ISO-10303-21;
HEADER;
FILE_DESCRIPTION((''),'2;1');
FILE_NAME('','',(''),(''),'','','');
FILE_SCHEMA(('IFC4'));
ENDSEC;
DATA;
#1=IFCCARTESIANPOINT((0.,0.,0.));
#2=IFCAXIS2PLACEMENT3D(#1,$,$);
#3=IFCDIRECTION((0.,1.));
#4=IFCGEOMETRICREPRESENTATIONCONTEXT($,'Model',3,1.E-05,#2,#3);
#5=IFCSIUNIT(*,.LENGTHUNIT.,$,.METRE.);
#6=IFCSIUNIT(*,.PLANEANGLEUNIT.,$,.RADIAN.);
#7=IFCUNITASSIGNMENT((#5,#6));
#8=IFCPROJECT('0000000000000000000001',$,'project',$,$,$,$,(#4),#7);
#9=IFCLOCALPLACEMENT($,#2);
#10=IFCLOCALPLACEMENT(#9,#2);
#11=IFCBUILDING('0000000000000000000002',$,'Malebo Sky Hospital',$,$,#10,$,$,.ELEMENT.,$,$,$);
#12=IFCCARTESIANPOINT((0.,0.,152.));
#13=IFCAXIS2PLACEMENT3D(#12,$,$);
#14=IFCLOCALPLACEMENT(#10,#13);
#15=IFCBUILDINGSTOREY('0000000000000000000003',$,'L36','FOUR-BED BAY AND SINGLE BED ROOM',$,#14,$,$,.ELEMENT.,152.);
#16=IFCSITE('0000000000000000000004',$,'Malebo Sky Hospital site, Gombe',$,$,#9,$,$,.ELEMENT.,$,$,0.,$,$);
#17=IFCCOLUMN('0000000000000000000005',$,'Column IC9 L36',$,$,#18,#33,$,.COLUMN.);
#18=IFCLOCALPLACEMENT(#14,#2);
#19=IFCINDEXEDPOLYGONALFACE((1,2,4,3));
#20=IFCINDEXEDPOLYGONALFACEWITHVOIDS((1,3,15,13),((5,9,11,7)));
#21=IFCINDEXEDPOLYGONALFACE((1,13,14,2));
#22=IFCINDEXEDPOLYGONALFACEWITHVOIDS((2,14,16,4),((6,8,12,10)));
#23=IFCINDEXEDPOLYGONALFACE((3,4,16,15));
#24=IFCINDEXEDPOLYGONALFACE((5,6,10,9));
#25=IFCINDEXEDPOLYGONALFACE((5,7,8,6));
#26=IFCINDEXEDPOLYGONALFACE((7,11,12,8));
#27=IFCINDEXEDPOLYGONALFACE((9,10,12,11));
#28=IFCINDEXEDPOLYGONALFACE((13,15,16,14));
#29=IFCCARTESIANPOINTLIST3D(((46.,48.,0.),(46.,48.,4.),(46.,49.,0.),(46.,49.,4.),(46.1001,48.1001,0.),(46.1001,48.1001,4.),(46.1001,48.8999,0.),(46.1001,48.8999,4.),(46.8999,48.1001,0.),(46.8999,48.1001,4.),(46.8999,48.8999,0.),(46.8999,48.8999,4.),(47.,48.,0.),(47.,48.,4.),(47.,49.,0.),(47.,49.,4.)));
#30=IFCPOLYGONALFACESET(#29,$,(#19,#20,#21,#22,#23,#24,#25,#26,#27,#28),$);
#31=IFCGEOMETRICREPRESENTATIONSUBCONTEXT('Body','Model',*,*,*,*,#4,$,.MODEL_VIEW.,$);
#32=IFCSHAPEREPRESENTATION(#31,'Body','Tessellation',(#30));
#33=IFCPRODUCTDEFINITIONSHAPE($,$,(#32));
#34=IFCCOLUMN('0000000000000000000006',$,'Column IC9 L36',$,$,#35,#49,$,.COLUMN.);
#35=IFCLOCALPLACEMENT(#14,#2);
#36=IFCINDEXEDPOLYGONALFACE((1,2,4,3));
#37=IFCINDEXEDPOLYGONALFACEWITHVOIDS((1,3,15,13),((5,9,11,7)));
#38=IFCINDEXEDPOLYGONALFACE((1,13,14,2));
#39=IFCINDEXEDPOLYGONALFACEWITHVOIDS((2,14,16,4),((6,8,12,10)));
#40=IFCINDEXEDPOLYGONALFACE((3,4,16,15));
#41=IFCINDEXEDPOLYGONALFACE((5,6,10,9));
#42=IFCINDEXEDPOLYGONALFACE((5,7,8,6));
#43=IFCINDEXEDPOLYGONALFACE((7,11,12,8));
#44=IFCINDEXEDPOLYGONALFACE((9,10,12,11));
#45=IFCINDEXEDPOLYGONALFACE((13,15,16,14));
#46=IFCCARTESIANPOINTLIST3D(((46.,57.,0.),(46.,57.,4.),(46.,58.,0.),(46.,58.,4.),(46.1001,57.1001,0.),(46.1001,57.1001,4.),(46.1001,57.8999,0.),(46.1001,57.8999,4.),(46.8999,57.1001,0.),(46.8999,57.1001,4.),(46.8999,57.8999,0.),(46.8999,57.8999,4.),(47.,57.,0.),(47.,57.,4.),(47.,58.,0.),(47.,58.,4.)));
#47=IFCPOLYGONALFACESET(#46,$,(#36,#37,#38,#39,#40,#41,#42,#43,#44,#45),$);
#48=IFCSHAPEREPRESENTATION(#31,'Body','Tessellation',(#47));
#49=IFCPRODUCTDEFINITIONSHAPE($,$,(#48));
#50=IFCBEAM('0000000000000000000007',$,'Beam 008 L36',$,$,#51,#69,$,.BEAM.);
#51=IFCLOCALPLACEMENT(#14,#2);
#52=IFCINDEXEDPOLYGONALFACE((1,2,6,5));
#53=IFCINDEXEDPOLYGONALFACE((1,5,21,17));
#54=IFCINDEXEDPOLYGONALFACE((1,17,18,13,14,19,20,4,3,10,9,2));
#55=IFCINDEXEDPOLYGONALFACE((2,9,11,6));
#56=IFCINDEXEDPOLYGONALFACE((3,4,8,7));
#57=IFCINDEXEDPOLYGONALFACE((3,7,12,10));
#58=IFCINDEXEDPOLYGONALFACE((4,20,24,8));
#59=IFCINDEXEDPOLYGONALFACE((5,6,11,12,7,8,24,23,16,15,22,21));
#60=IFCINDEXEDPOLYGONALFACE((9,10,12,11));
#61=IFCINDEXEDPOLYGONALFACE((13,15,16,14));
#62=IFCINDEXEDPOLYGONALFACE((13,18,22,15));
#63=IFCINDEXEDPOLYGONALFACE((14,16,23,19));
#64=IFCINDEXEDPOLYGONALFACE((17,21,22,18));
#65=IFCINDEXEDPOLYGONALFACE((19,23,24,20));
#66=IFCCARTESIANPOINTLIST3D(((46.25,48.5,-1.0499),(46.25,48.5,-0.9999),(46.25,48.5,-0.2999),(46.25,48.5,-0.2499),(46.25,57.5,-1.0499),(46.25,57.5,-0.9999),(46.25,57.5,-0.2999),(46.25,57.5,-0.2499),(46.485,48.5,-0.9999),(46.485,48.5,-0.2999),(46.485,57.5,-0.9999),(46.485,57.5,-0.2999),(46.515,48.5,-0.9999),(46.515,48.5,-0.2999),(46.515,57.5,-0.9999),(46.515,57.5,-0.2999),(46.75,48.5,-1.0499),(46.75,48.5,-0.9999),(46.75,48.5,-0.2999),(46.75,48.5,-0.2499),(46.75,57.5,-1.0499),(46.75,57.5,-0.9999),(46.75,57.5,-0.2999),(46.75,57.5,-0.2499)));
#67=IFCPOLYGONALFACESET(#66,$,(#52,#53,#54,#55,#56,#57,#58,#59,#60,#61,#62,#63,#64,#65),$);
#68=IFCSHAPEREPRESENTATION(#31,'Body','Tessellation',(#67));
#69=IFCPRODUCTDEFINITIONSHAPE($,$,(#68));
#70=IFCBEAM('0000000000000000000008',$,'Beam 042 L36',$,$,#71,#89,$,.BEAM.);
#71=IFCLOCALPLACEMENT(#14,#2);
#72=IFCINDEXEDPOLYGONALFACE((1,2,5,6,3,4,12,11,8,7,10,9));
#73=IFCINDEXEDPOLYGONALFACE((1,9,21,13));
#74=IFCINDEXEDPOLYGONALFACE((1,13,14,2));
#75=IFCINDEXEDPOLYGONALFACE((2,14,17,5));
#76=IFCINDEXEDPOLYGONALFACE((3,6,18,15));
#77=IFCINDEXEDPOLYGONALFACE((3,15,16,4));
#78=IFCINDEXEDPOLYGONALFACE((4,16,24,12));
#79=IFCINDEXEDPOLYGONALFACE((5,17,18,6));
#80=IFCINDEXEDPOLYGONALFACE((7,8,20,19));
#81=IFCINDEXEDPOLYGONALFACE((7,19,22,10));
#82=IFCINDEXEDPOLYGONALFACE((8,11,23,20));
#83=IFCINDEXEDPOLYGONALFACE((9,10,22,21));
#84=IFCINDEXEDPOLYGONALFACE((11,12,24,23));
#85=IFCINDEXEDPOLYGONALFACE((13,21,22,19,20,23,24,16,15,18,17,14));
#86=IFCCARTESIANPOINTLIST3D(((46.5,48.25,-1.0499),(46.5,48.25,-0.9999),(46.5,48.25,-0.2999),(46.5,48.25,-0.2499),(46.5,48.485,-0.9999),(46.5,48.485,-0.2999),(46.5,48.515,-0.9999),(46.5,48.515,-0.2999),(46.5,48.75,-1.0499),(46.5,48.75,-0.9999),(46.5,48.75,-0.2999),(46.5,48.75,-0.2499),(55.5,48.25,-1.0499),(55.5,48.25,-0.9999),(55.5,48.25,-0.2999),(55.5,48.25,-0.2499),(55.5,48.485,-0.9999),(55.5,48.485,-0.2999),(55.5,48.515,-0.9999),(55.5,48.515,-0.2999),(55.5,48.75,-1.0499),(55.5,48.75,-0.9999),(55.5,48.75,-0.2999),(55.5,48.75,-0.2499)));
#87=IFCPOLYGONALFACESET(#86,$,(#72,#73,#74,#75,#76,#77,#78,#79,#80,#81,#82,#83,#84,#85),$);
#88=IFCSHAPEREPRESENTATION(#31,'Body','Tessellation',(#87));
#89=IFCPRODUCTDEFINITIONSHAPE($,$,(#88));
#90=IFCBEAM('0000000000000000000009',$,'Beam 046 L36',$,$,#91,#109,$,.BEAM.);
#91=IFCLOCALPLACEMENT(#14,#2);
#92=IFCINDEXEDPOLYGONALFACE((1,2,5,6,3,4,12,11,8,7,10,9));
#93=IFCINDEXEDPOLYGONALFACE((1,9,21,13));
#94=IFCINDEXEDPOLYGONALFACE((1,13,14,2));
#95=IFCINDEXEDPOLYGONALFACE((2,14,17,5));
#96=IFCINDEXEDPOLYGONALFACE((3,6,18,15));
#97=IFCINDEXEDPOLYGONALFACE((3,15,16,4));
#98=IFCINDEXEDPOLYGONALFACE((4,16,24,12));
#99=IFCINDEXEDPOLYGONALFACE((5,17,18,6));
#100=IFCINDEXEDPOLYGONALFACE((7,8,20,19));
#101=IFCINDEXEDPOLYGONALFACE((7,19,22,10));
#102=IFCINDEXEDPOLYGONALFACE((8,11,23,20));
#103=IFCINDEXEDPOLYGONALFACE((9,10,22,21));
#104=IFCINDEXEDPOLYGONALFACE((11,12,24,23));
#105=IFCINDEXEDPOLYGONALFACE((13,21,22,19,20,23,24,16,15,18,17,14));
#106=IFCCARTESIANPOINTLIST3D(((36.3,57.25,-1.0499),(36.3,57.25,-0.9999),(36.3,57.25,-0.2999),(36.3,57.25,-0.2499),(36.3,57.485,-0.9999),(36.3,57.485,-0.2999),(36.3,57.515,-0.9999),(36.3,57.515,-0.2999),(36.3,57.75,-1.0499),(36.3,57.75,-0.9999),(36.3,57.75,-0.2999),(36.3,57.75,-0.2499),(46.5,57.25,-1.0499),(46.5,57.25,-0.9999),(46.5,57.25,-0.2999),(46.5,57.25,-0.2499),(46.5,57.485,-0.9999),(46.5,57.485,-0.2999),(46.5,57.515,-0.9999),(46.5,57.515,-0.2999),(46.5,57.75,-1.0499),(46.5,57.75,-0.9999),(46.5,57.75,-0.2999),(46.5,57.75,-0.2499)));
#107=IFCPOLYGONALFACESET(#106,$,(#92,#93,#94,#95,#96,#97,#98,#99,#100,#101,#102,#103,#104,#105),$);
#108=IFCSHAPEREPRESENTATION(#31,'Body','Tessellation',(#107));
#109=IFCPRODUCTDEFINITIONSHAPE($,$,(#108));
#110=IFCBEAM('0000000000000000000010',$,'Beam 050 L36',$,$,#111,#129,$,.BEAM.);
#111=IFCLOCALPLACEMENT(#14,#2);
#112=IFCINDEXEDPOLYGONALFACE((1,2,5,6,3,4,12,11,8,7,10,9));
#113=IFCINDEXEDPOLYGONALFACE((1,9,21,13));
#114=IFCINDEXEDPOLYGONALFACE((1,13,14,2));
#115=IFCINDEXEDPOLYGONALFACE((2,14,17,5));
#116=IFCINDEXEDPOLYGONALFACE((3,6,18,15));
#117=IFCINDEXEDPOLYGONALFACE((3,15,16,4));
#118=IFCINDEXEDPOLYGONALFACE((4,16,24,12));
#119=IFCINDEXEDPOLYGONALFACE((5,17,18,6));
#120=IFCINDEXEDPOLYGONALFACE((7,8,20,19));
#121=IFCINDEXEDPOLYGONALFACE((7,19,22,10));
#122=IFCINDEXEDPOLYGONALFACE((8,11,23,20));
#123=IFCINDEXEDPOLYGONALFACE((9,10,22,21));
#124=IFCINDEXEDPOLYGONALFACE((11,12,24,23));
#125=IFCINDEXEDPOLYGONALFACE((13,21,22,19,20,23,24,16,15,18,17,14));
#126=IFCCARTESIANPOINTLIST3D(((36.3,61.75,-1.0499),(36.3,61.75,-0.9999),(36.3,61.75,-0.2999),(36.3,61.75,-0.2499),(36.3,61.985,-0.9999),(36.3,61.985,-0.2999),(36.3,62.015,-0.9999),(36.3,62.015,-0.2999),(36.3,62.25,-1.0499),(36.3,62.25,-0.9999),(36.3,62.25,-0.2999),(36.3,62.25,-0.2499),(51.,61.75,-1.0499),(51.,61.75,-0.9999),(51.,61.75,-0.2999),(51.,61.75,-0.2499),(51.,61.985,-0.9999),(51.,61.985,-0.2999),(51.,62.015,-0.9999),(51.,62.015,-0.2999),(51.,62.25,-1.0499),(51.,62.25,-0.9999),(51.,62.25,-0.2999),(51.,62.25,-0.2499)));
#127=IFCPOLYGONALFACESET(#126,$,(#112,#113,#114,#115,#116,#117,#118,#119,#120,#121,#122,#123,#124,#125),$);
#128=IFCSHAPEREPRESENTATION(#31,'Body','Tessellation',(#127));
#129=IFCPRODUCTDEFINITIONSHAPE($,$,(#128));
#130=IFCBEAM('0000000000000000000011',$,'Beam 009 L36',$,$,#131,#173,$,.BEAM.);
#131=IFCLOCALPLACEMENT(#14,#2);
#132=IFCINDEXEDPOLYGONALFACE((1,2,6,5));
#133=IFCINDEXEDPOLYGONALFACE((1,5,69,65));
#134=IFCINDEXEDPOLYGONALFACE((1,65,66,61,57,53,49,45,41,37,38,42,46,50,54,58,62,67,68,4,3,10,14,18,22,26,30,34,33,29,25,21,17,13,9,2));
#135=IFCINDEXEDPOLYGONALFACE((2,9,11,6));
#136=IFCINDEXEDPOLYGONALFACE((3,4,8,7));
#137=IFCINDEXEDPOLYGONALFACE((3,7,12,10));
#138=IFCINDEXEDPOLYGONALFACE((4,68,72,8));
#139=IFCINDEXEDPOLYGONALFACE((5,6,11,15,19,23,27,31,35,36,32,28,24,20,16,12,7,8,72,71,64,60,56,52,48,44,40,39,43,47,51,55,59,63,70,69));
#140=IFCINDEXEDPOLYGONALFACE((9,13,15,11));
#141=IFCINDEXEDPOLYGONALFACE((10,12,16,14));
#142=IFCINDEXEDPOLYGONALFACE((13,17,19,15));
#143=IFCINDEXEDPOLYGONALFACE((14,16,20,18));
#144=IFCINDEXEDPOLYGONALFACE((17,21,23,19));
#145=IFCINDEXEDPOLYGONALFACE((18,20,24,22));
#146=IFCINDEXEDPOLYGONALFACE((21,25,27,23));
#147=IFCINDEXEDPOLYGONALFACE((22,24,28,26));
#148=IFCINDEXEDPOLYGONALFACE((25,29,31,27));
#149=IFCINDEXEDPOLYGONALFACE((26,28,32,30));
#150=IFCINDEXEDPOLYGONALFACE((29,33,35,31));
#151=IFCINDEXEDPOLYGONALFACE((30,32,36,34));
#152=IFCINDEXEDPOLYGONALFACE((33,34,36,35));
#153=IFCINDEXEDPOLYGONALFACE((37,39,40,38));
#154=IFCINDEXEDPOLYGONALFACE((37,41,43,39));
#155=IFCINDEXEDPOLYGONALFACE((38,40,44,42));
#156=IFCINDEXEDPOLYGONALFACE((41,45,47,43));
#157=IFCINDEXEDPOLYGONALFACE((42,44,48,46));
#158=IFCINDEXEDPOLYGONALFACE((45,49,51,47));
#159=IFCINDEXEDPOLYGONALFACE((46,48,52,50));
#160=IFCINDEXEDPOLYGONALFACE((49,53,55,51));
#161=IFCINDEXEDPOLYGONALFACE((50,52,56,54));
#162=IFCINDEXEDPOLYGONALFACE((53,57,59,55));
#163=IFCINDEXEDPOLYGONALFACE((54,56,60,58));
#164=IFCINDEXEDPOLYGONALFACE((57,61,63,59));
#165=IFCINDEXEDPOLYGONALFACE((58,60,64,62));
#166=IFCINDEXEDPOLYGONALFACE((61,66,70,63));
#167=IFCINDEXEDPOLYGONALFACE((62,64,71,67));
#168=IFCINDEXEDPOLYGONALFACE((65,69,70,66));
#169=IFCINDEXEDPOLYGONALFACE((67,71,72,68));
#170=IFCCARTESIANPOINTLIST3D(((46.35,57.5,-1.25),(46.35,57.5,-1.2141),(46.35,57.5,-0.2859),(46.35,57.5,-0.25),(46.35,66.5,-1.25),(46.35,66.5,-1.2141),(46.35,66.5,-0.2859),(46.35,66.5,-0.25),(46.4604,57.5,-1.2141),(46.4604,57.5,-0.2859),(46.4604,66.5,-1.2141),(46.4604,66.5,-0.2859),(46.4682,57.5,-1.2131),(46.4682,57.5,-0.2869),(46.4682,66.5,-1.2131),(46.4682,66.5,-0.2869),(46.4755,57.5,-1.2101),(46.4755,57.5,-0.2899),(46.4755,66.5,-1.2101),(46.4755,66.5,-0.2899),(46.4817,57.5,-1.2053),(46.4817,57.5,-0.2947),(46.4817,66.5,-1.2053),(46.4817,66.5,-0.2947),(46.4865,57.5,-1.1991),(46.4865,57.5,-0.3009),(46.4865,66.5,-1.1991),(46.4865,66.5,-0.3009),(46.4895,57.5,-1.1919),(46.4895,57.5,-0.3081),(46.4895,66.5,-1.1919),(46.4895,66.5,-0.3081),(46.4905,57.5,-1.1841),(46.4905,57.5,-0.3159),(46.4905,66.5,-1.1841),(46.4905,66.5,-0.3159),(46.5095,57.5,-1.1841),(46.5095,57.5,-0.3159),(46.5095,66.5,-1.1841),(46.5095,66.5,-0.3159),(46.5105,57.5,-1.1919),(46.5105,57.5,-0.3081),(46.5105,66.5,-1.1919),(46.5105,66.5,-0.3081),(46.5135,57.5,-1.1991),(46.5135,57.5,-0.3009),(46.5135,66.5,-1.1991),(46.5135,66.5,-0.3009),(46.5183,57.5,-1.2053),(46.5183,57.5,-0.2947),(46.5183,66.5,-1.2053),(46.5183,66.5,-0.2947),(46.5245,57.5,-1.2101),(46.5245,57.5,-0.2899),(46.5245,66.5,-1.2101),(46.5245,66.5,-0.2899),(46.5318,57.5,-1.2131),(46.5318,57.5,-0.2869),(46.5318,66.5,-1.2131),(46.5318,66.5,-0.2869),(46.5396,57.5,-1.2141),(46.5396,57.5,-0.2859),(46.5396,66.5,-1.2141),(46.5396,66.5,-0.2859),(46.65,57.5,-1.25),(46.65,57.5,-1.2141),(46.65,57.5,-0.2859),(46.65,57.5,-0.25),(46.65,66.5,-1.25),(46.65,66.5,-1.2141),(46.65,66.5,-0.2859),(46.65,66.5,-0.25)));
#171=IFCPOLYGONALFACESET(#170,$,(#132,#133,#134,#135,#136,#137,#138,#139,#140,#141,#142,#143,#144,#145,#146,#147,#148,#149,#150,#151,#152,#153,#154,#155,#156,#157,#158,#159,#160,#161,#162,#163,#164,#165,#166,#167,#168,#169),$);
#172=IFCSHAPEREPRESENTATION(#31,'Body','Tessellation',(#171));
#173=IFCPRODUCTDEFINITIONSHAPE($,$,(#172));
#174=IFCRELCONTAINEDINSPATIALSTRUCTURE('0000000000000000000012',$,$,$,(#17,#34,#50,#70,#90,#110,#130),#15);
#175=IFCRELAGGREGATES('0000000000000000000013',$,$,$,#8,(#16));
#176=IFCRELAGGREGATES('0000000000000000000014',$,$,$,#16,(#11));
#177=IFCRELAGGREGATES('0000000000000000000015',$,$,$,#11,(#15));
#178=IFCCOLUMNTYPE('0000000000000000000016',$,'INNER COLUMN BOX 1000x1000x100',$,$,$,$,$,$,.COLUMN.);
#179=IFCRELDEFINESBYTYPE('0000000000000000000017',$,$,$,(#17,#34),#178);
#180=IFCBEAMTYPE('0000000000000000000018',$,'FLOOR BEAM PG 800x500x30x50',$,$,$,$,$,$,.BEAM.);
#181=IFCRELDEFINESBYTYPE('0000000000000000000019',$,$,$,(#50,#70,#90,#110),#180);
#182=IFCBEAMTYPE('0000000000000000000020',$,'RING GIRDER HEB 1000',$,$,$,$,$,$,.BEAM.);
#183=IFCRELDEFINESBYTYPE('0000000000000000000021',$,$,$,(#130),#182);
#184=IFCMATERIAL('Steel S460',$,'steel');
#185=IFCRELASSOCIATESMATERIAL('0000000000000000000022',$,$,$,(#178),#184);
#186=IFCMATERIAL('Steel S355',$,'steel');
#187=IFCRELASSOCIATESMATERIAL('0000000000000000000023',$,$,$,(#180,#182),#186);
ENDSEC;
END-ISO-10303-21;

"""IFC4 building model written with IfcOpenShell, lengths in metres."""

from ifc_helpers import new_model, si_unit, direction, frame, origin, origin_2d, place, context, subcontext, project, spatial, hollow_rectangle, i_section, extrude, material, material_profile, profile_set, type_object, element, save


model = new_model("IFC4")

# Units and contexts
model_context = context("Model", 3, precision=1e-05, world=origin(), true_north=direction((0.0, 1.0)))
body_context = subcontext(model_context, "Body", "Model", "MODEL_VIEW")
ifc_project = project(units=[si_unit("LENGTHUNIT", "METRE"), si_unit("PLANEANGLEUNIT", "RADIAN")], contexts=[model_context])

# Site, building, storey
site_placement = place(None, origin())
site = spatial("IfcSite", under=ifc_project, at=site_placement, Name="Malebo Sky Hospital site, Gombe", CompositionType="ELEMENT", RefElevation=0.0)
building_placement = place(site_placement, origin())
building = spatial("IfcBuilding", under=site, at=building_placement, Name="Malebo Sky Hospital", CompositionType="ELEMENT")
storey_placement = place(building_placement, frame((0.0, 0.0, 152.0)))
storey = spatial("IfcBuildingStorey", under=building, at=storey_placement, Name="L36", Description="FOUR-BED BAY AND SINGLE BED ROOM", CompositionType="ELEMENT", Elevation=152.0)

# Columns
ifc_material_1 = material(Name="Steel S460", Category="steel")
ifc_material_profile_1 = material_profile(ifc_material_1, hollow_rectangle(XDim=1.0, YDim=1.0, WallThickness=0.1001, at=origin_2d()), Name="BOX 1000x1000x100")
ifc_profile_set_1 = profile_set([ifc_material_profile_1], Name="Steel S460")
column_type = type_object("IfcColumnType", Name="INNER COLUMN BOX 1000x1000x100", PredefinedType="COLUMN", material=ifc_profile_set_1)
for number, where, z_axis, x_axis, name in (
    (1, (46.5, 48.5, 0.0), (0.0, 0.0, 1.0), (1.0, 0.0, 0.0), "Column IC9 L36"),
    (2, (46.5, 57.5, 0.0), (0.0, 0.0, 1.0), (1.0, 0.0, 0.0), "Column IC9 L36"),
):
    element("IfcColumn", number, at=place(storey_placement, frame(where, z_axis=z_axis, x_axis=x_axis)), inside=storey, type_object=column_type, Name=name, PredefinedType="COLUMN", context=body_context, shape_type="SweptSolid", body=[
        extrude(hollow_rectangle(XDim=1.0, YDim=1.0, WallThickness=0.1001, at=origin_2d()), origin(), (0.0, 0.0, 1.0), 4.0),
    ])

# Beams
ifc_material_2 = material(Name="Steel S355", Category="steel")
ifc_material_profile_2 = material_profile(ifc_material_2, i_section(OverallWidth=0.5, OverallDepth=0.8, WebThickness=0.03, FlangeThickness=0.05, at=origin_2d()), Name="PG 800x500x30x50")
ifc_profile_set_2 = profile_set([ifc_material_profile_2], Name="Steel S355")
beam_type_1 = type_object("IfcBeamType", Name="FLOOR BEAM PG 800x500x30x50", PredefinedType="BEAM", material=ifc_profile_set_2)
for number, where, z_axis, x_axis, name in (
    (3, (46.5, 48.5, -0.6499), (0.0, 1.0, 0.0), (-1.0, 0.0, 0.0), "Beam 008 L36"),
    (4, (46.5, 48.5, -0.6499), (1.0, 0.0, 0.0), (0.0, 1.0, 0.0), "Beam 042 L36"),
):
    element("IfcBeam", number, at=place(storey_placement, frame(where, z_axis=z_axis, x_axis=x_axis)), inside=storey, type_object=beam_type_1, Name=name, PredefinedType="BEAM", context=body_context, shape_type="SweptSolid", body=[
        extrude(i_section(OverallWidth=0.5, OverallDepth=0.8, WebThickness=0.03, FlangeThickness=0.05, at=origin_2d()), origin(), (0.0, 0.0, 1.0), 9.0),
    ])
beam_1_placement = place(storey_placement, frame((36.3, 57.5, -0.6499), z_axis=(1.0, 0.0, 0.0), x_axis=(0.0, 1.0, 0.0)))
element("IfcBeam", 5, at=beam_1_placement, inside=storey, type_object=beam_type_1, Name="Beam 046 L36", PredefinedType="BEAM", context=body_context, shape_type="SweptSolid", body=[
    extrude(i_section(OverallWidth=0.5, OverallDepth=0.8, WebThickness=0.03, FlangeThickness=0.05, at=origin_2d()), origin(), (0.0, 0.0, 1.0), 10.2),
])
beam_2_placement = place(storey_placement, frame((36.3, 62.0, -0.6499), z_axis=(1.0, 0.0, 0.0), x_axis=(0.0, 1.0, 0.0)))
element("IfcBeam", 6, at=beam_2_placement, inside=storey, type_object=beam_type_1, Name="Beam 050 L36", PredefinedType="BEAM", context=body_context, shape_type="SweptSolid", body=[
    extrude(i_section(OverallWidth=0.5, OverallDepth=0.8, WebThickness=0.03, FlangeThickness=0.05, at=origin_2d()), origin(), (0.0, 0.0, 1.0), 14.7),
])
ifc_material_profile_3 = material_profile(ifc_material_2, i_section(OverallWidth=0.3, OverallDepth=1.0, WebThickness=0.019, FlangeThickness=0.0359, FilletRadius=0.03, at=origin_2d()), Name="HEB 1000")
ifc_profile_set_3 = profile_set([ifc_material_profile_3], Name="Steel S355")
beam_type_2 = type_object("IfcBeamType", Name="RING GIRDER HEB 1000", PredefinedType="BEAM", material=ifc_profile_set_3)
beam_3_placement = place(storey_placement, frame((46.5, 57.5, -0.75), z_axis=(0.0, 1.0, 0.0), x_axis=(-1.0, 0.0, 0.0)))
element("IfcBeam", 7, at=beam_3_placement, inside=storey, type_object=beam_type_2, Name="Beam 009 L36", PredefinedType="BEAM", context=body_context, shape_type="SweptSolid", body=[
    extrude(i_section(OverallWidth=0.3, OverallDepth=1.0, WebThickness=0.019, FlangeThickness=0.0359, FilletRadius=0.03, at=origin_2d()), origin(), (0.0, 0.0, 1.0), 9.0),
])

save(model, "model.ifc")
